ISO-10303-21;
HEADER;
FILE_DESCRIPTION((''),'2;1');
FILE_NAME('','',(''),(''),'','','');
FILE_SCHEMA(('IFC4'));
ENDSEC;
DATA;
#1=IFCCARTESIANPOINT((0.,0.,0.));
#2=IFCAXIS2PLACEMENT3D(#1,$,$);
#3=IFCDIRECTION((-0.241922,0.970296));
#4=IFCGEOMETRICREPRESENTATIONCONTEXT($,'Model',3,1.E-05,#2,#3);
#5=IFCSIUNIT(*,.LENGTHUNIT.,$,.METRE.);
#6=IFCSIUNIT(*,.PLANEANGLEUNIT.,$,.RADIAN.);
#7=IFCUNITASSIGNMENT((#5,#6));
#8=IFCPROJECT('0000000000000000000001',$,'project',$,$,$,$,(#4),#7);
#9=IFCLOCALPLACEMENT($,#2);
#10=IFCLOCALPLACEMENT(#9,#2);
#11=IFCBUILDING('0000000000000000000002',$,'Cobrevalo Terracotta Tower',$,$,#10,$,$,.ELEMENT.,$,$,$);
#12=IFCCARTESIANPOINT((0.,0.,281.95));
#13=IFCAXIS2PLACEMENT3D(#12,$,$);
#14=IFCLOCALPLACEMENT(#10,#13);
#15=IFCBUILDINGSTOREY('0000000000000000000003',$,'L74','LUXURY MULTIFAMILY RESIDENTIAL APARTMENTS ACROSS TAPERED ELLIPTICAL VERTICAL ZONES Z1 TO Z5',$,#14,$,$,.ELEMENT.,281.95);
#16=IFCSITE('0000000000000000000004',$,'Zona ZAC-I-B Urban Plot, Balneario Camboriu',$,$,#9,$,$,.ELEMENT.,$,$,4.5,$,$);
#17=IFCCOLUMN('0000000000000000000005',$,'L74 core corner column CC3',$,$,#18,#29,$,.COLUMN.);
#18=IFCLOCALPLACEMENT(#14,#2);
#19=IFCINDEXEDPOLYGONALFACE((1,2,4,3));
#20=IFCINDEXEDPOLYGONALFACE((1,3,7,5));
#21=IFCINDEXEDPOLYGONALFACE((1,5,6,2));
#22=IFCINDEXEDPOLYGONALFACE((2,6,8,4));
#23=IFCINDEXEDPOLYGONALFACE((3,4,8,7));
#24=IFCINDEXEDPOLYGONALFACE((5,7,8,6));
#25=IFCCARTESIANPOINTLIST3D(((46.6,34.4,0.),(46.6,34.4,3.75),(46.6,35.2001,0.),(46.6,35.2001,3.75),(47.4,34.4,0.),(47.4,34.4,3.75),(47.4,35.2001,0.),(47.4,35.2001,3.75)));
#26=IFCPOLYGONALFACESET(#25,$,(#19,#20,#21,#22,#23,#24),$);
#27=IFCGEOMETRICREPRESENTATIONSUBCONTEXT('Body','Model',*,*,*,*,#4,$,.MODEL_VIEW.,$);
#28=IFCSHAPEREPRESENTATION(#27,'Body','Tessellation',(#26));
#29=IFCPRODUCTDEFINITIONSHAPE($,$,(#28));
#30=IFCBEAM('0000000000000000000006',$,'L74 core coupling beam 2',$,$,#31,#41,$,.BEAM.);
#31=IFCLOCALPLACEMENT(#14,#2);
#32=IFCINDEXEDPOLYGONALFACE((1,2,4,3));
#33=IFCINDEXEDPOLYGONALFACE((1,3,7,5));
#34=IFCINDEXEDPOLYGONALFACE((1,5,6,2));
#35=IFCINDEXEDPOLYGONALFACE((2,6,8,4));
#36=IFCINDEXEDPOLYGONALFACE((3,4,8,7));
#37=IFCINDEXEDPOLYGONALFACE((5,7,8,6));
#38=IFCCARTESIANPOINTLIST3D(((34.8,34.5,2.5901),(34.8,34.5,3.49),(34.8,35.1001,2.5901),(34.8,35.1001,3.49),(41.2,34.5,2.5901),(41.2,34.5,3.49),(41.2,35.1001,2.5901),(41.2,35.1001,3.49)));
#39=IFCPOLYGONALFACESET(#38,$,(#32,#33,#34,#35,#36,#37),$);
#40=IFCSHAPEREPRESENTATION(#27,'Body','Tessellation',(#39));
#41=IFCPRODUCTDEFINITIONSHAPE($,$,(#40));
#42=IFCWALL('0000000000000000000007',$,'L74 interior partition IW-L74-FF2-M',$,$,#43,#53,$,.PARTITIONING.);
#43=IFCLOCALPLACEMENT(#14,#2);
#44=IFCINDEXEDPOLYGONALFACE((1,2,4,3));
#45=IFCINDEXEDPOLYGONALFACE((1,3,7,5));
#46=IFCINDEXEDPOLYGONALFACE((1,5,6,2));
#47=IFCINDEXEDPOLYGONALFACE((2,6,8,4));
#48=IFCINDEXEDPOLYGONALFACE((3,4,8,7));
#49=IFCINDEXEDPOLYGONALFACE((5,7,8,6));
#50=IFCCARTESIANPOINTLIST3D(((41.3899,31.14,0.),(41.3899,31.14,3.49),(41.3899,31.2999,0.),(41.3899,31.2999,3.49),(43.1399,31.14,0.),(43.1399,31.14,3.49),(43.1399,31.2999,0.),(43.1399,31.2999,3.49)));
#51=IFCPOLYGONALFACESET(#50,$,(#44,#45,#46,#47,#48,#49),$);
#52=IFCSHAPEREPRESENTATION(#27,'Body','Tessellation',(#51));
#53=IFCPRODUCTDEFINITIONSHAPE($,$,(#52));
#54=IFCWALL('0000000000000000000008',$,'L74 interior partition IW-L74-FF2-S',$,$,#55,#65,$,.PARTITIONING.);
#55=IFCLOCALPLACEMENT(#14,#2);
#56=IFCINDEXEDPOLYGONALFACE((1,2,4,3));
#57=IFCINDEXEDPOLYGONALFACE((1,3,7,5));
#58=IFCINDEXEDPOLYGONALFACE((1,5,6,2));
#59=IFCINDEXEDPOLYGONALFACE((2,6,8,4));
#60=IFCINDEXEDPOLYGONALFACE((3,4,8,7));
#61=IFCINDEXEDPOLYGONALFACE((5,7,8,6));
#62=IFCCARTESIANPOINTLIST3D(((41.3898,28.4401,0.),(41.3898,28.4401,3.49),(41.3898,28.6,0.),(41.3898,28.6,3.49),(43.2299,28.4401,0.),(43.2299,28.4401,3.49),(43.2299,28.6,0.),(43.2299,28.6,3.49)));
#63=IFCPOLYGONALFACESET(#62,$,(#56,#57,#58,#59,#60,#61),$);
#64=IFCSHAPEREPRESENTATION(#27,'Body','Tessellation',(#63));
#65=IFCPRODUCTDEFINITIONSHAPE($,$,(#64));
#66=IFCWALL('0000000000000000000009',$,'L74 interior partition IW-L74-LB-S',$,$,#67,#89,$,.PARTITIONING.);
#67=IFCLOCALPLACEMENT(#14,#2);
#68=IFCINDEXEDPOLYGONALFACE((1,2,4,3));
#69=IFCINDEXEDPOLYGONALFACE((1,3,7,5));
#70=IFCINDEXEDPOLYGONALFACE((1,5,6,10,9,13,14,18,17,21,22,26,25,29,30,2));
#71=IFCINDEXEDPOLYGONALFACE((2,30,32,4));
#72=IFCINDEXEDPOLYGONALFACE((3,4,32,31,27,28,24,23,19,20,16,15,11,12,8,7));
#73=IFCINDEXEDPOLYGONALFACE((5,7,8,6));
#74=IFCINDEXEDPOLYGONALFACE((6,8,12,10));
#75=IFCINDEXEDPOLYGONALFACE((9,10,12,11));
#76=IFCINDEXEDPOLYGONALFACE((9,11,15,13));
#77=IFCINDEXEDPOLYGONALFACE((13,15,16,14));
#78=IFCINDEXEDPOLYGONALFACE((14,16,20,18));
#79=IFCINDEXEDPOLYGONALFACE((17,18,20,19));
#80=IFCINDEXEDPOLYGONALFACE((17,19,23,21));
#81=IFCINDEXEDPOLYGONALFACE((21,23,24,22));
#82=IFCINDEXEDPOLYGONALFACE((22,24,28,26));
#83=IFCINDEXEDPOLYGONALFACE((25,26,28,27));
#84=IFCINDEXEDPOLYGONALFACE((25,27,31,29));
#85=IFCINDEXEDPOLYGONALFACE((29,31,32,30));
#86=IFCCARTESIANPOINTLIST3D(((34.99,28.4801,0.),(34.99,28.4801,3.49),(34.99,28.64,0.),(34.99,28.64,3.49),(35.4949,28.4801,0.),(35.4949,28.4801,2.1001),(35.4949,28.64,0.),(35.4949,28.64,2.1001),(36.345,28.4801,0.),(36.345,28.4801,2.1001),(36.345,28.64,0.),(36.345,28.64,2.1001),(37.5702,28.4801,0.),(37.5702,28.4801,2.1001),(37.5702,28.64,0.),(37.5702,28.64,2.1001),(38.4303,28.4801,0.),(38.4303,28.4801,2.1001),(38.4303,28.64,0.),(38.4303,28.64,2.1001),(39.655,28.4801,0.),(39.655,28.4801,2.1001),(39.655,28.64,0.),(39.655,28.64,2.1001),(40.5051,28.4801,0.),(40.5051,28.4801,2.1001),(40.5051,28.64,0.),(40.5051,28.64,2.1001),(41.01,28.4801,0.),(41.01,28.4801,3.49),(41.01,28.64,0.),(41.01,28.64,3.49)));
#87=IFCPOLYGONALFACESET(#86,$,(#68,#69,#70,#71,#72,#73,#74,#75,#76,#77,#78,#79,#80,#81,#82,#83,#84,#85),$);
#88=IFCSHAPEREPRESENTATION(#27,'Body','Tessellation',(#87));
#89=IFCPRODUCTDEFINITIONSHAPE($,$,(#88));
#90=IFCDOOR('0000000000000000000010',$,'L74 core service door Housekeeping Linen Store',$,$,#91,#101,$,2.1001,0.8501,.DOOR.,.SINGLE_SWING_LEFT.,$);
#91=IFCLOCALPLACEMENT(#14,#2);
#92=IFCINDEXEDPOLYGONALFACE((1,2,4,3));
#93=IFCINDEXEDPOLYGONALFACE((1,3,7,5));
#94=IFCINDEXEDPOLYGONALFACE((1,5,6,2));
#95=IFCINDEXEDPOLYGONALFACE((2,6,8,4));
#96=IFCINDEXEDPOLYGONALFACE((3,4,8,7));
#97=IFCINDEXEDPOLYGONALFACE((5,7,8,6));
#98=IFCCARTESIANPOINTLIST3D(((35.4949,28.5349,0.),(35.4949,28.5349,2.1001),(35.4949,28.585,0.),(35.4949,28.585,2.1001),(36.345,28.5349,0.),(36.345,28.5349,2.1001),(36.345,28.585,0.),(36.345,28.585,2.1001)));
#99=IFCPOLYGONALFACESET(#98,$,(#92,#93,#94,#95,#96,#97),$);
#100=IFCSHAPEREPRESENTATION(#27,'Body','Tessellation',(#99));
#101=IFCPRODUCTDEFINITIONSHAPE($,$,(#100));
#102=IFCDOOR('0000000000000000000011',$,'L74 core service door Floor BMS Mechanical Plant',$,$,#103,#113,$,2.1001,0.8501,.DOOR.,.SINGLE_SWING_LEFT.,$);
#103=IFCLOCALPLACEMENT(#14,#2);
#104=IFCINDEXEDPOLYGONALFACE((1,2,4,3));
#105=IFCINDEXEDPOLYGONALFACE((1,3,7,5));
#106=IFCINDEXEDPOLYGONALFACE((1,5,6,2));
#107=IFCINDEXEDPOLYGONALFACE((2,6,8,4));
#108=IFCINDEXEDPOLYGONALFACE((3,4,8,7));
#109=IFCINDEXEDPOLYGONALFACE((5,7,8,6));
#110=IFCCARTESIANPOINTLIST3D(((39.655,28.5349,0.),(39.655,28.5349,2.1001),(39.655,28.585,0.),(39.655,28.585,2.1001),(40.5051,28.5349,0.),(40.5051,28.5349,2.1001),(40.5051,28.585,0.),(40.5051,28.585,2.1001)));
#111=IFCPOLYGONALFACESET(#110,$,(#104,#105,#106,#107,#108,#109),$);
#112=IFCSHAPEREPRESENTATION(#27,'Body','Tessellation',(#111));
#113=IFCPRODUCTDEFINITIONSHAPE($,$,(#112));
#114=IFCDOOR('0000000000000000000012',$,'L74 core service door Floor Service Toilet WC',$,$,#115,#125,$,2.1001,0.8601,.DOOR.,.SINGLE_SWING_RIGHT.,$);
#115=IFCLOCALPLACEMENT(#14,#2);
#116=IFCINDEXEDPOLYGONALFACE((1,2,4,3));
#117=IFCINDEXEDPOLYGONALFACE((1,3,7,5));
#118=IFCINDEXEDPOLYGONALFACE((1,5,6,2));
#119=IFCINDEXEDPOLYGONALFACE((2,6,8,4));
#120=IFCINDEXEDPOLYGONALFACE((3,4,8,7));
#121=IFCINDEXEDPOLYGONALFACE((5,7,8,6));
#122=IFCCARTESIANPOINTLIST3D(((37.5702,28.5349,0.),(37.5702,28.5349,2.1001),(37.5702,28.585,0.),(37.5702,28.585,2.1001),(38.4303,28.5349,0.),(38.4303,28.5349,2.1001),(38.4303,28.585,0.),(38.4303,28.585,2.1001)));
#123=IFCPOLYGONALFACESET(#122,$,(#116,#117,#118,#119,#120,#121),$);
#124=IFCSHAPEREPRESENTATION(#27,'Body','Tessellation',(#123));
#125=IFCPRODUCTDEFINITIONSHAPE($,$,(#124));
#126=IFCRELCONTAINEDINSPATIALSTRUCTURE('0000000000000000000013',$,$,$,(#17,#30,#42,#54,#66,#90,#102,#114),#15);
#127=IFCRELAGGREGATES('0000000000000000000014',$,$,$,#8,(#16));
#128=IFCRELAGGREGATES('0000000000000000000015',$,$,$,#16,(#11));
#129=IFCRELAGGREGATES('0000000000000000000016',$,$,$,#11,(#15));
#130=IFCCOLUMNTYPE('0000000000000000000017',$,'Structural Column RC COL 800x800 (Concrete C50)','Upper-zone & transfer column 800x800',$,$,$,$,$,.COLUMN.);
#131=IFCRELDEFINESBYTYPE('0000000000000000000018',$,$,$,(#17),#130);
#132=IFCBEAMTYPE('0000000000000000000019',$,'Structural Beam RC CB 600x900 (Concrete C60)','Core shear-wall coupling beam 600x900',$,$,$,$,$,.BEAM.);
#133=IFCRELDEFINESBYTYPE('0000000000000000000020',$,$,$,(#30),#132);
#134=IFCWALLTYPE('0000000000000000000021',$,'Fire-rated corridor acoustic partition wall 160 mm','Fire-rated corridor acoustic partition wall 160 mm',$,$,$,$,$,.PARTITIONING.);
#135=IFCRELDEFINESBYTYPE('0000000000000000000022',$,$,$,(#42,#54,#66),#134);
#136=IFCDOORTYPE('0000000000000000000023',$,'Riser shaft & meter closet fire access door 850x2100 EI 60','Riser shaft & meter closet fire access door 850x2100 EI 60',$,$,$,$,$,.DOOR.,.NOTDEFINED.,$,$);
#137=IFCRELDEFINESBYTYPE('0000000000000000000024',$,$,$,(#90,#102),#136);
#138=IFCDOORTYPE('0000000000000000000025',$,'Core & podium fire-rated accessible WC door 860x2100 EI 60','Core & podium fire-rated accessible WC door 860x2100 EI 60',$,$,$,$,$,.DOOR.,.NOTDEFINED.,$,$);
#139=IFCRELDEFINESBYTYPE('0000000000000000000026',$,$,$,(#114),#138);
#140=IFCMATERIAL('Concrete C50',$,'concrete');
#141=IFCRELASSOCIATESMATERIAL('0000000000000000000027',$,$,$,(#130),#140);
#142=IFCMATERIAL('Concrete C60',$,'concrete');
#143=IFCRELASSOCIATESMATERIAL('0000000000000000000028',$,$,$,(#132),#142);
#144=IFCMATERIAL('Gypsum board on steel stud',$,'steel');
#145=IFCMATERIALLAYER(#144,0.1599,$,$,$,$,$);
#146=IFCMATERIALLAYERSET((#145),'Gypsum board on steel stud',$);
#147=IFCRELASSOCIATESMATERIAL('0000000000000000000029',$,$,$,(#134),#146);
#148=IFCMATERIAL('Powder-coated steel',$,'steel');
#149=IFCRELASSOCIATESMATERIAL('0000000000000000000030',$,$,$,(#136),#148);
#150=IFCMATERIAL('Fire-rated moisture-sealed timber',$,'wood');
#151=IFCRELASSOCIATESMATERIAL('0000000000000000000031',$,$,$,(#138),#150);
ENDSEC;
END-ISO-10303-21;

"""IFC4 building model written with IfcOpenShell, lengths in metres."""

from ifc_helpers import new_model, si_unit, direction, frame, frame_2d, origin, origin_2d, place, context, subcontext, project, spatial, rectangle, extrude, source, transform, mapped, material, layer, layer_set, material_profile, profile_set, type_object, element, fill, save


model = new_model("IFC4")

# Units and contexts
model_context = context("Model", 3, precision=1e-05, world=origin(), true_north=direction((-0.241922, 0.970296)))
body_context = subcontext(model_context, "Body", "Model", "MODEL_VIEW")
ifc_project = project(units=[si_unit("LENGTHUNIT", "METRE"), si_unit("PLANEANGLEUNIT", "RADIAN")], contexts=[model_context])

# Site, building, storey
site_placement = place(None, origin())
site = spatial("IfcSite", under=ifc_project, at=site_placement, Name="Zona ZAC-I-B Urban Plot, Balneario Camboriu", CompositionType="ELEMENT", RefElevation=4.5)
building_placement = place(site_placement, origin())
building = spatial("IfcBuilding", under=site, at=building_placement, Name="Cobrevalo Terracotta Tower", CompositionType="ELEMENT")
storey_placement = place(building_placement, frame((0.0, 0.0, 281.95)))
storey = spatial("IfcBuildingStorey", under=building, at=storey_placement, Name="L74", Description="LUXURY MULTIFAMILY RESIDENTIAL APARTMENTS ACROSS TAPERED ELLIPTICAL VERTICAL ZONES Z1 TO Z5", CompositionType="ELEMENT", Elevation=281.95)

# Column
ifc_material_1 = material(Name="Concrete C50", Category="concrete")
ifc_material_profile_1 = material_profile(ifc_material_1, rectangle(XDim=0.8, YDim=0.8, at=origin_2d()), Name="RC COL 800x800")
ifc_profile_set_1 = profile_set([ifc_material_profile_1], Name="Concrete C50")
column_type = type_object("IfcColumnType", Name="Structural Column RC COL 800x800 (Concrete C50)", Description="Upper-zone & transfer column 800x800", PredefinedType="COLUMN", material=ifc_profile_set_1)
column_placement = place(storey_placement, frame((47.0, 34.8, 0.0), z_axis=(0.0, 0.0, 1.0), x_axis=(1.0, 0.0, 0.0)))
element("IfcColumn", 1, at=column_placement, inside=storey, type_object=column_type, Name="L74 core corner column CC3", PredefinedType="COLUMN", context=body_context, shape_type="SweptSolid", body=[
    extrude(rectangle(XDim=0.8, YDim=0.8, at=origin_2d()), origin(), (0.0, 0.0, 1.0), 3.75),
])

# Beam
ifc_material_2 = material(Name="Concrete C60", Category="concrete")
ifc_material_profile_2 = material_profile(ifc_material_2, rectangle(XDim=0.6001, YDim=0.8999, at=origin_2d()), Name="RC CB 600x900")
ifc_profile_set_2 = profile_set([ifc_material_profile_2], Name="Concrete C60")
beam_type = type_object("IfcBeamType", Name="Structural Beam RC CB 600x900 (Concrete C60)", Description="Core shear-wall coupling beam 600x900", PredefinedType="BEAM", material=ifc_profile_set_2)
beam_placement = place(storey_placement, frame((34.8, 34.8, 3.04), z_axis=(1.0, 0.0, 0.0), x_axis=(0.0, 1.0, 0.0)))
element("IfcBeam", 2, at=beam_placement, inside=storey, type_object=beam_type, Name="L74 core coupling beam 2", PredefinedType="BEAM", context=body_context, shape_type="SweptSolid", body=[
    extrude(rectangle(XDim=0.6001, YDim=0.8999, at=origin_2d()), origin(), (0.0, 0.0, 1.0), 6.3999),
])

# Walls
ifc_material_3 = material(Name="Gypsum board on steel stud", Category="steel")
ifc_layer_1 = layer(ifc_material_3, 0.1599)
ifc_layer_set_1 = layer_set([ifc_layer_1], Name="Gypsum board on steel stud")
wall_type_1 = type_object("IfcWallType", Name="Fire-rated corridor acoustic partition wall 160 mm", Description="Fire-rated corridor acoustic partition wall 160 mm", PredefinedType="PARTITIONING", material=ifc_layer_set_1)
wall_1_placement = place(storey_placement, frame((41.3899, 31.22, 0.0), z_axis=(0.0, 0.0, 1.0), x_axis=(1.0, 0.0, 0.0)))
element("IfcWall", 3, at=wall_1_placement, inside=storey, type_object=wall_type_1, Name="L74 interior partition IW-L74-FF2-M", PredefinedType="PARTITIONING", context=body_context, shape_type="SweptSolid", body=[
    extrude(rectangle(XDim=1.75, YDim=0.1599, at=frame_2d((0.875, 0.0))), origin(), (0.0, 0.0, 1.0), 3.49),
])
wall_2_placement = place(storey_placement, frame((41.3899, 28.52, 0.0), z_axis=(0.0, 0.0, 1.0), x_axis=(1.0, 0.0, 0.0)))
element("IfcWall", 4, at=wall_2_placement, inside=storey, type_object=wall_type_1, Name="L74 interior partition IW-L74-FF2-S", PredefinedType="PARTITIONING", context=body_context, shape_type="SweptSolid", body=[
    extrude(rectangle(XDim=1.8401, YDim=0.1599, at=frame_2d((0.9199, 0.0))), origin(), (0.0, 0.0, 1.0), 3.49),
])

# Wall, openings, doors
wall_3_placement = place(storey_placement, frame((34.99, 28.5601, 0.0), z_axis=(0.0, 0.0, 1.0), x_axis=(1.0, 0.0, 0.0)))
wall_3 = element("IfcWall", 5, at=wall_3_placement, inside=storey, type_object=wall_type_1, Name="L74 interior partition IW-L74-LB-S", PredefinedType="PARTITIONING", context=body_context, shape_type="SweptSolid", body=[
    extrude(rectangle(XDim=6.02, YDim=0.1599, at=frame_2d((3.01, 0.0))), origin(), (0.0, 0.0, 1.0), 3.49),
])
opening_1_placement = place(wall_3_placement, frame((0.5049, 0.0, 0.0)))
opening_1 = element("IfcOpeningElement", 6, at=opening_1_placement, cuts=wall_3, PredefinedType="OPENING", context=body_context, shape_type="SweptSolid", body=[
    extrude(rectangle(XDim=0.8501, YDim=2.1001, at=frame_2d((0.425, 1.05))), frame((0.0, 0.0898, 0.0), z_axis=(0.0, -1.0, 0.0), x_axis=(1.0, 0.0, 0.0)), (0.0, 0.0, 1.0), 0.1799),
])
opening_2_placement = place(wall_3_placement, frame((2.5801, 0.0, 0.0)))
opening_2 = element("IfcOpeningElement", 7, at=opening_2_placement, cuts=wall_3, PredefinedType="OPENING", context=body_context, shape_type="SweptSolid", body=[
    extrude(rectangle(XDim=0.8601, YDim=2.1001, at=frame_2d((0.4302, 1.05))), frame((0.0, 0.0898, 0.0), z_axis=(0.0, -1.0, 0.0), x_axis=(1.0, 0.0, 0.0)), (0.0, 0.0, 1.0), 0.1799),
])
opening_3_placement = place(wall_3_placement, frame((4.665, 0.0, 0.0)))
opening_3 = element("IfcOpeningElement", 8, at=opening_3_placement, cuts=wall_3, PredefinedType="OPENING", context=body_context, shape_type="SweptSolid", body=[
    extrude(rectangle(XDim=0.8501, YDim=2.1001, at=frame_2d((0.425, 1.05))), frame((0.0, 0.0898, 0.0), z_axis=(0.0, -1.0, 0.0), x_axis=(1.0, 0.0, 0.0)), (0.0, 0.0, 1.0), 0.1799),
])
ifc_material_4 = material(Name="Powder-coated steel", Category="steel")
door_type_1 = type_object("IfcDoorType", Name="Riser shaft & meter closet fire access door 850x2100 EI 60", Description="Riser shaft & meter closet fire access door 850x2100 EI 60", OperationType="NOTDEFINED", PredefinedType="DOOR", material=ifc_material_4)
shared_shape_1 = source(origin(), body_context, "Body", "SweptSolid", [
    extrude(rectangle(XDim=0.8501, YDim=2.1001, at=frame_2d((0.425, 1.05))), frame((0.0, 0.0249, 0.0), z_axis=(0.0, -1.0, 0.0), x_axis=(1.0, 0.0, 0.0)), (0.0, 0.0, 1.0), 0.05),
])
door_1_placement = place(opening_1_placement, origin())
door_1 = element("IfcDoor", 9, at=door_1_placement, inside=storey, type_object=door_type_1, Name="L74 core service door Housekeeping Linen Store", OperationType="SINGLE_SWING_LEFT", OverallHeight=2.1001, OverallWidth=0.8501, PredefinedType="DOOR", context=body_context, shape_type="MappedRepresentation", body=[
    mapped(shared_shape_1, transform((0.0, 0.0, 0.0), scale=1.0)),
])
fill(opening_1, door_1)
door_2_placement = place(opening_3_placement, origin())
door_2 = element("IfcDoor", 10, at=door_2_placement, inside=storey, type_object=door_type_1, Name="L74 core service door Floor BMS Mechanical Plant", OperationType="SINGLE_SWING_LEFT", OverallHeight=2.1001, OverallWidth=0.8501, PredefinedType="DOOR", context=body_context, shape_type="MappedRepresentation", body=[
    mapped(shared_shape_1, transform((0.0, 0.0, 0.0), scale=1.0)),
])
fill(opening_3, door_2)
ifc_material_5 = material(Name="Fire-rated moisture-sealed timber", Category="wood")
door_type_2 = type_object("IfcDoorType", Name="Core & podium fire-rated accessible WC door 860x2100 EI 60", Description="Core & podium fire-rated accessible WC door 860x2100 EI 60", OperationType="NOTDEFINED", PredefinedType="DOOR", material=ifc_material_5)
shared_shape_2 = source(origin(), body_context, "Body", "SweptSolid", [
    extrude(rectangle(XDim=0.8601, YDim=2.1001, at=frame_2d((0.4302, 1.05))), frame((0.0, 0.0249, 0.0), z_axis=(0.0, -1.0, 0.0), x_axis=(1.0, 0.0, 0.0)), (0.0, 0.0, 1.0), 0.05),
])
door_3_placement = place(opening_2_placement, origin())
door_3 = element("IfcDoor", 11, at=door_3_placement, inside=storey, type_object=door_type_2, Name="L74 core service door Floor Service Toilet WC", OperationType="SINGLE_SWING_RIGHT", OverallHeight=2.1001, OverallWidth=0.8601, PredefinedType="DOOR", context=body_context, shape_type="MappedRepresentation", body=[
    mapped(shared_shape_2, transform((0.0, 0.0, 0.0), scale=1.0)),
])
fill(opening_2, door_3)

save(model, "model.ifc")
